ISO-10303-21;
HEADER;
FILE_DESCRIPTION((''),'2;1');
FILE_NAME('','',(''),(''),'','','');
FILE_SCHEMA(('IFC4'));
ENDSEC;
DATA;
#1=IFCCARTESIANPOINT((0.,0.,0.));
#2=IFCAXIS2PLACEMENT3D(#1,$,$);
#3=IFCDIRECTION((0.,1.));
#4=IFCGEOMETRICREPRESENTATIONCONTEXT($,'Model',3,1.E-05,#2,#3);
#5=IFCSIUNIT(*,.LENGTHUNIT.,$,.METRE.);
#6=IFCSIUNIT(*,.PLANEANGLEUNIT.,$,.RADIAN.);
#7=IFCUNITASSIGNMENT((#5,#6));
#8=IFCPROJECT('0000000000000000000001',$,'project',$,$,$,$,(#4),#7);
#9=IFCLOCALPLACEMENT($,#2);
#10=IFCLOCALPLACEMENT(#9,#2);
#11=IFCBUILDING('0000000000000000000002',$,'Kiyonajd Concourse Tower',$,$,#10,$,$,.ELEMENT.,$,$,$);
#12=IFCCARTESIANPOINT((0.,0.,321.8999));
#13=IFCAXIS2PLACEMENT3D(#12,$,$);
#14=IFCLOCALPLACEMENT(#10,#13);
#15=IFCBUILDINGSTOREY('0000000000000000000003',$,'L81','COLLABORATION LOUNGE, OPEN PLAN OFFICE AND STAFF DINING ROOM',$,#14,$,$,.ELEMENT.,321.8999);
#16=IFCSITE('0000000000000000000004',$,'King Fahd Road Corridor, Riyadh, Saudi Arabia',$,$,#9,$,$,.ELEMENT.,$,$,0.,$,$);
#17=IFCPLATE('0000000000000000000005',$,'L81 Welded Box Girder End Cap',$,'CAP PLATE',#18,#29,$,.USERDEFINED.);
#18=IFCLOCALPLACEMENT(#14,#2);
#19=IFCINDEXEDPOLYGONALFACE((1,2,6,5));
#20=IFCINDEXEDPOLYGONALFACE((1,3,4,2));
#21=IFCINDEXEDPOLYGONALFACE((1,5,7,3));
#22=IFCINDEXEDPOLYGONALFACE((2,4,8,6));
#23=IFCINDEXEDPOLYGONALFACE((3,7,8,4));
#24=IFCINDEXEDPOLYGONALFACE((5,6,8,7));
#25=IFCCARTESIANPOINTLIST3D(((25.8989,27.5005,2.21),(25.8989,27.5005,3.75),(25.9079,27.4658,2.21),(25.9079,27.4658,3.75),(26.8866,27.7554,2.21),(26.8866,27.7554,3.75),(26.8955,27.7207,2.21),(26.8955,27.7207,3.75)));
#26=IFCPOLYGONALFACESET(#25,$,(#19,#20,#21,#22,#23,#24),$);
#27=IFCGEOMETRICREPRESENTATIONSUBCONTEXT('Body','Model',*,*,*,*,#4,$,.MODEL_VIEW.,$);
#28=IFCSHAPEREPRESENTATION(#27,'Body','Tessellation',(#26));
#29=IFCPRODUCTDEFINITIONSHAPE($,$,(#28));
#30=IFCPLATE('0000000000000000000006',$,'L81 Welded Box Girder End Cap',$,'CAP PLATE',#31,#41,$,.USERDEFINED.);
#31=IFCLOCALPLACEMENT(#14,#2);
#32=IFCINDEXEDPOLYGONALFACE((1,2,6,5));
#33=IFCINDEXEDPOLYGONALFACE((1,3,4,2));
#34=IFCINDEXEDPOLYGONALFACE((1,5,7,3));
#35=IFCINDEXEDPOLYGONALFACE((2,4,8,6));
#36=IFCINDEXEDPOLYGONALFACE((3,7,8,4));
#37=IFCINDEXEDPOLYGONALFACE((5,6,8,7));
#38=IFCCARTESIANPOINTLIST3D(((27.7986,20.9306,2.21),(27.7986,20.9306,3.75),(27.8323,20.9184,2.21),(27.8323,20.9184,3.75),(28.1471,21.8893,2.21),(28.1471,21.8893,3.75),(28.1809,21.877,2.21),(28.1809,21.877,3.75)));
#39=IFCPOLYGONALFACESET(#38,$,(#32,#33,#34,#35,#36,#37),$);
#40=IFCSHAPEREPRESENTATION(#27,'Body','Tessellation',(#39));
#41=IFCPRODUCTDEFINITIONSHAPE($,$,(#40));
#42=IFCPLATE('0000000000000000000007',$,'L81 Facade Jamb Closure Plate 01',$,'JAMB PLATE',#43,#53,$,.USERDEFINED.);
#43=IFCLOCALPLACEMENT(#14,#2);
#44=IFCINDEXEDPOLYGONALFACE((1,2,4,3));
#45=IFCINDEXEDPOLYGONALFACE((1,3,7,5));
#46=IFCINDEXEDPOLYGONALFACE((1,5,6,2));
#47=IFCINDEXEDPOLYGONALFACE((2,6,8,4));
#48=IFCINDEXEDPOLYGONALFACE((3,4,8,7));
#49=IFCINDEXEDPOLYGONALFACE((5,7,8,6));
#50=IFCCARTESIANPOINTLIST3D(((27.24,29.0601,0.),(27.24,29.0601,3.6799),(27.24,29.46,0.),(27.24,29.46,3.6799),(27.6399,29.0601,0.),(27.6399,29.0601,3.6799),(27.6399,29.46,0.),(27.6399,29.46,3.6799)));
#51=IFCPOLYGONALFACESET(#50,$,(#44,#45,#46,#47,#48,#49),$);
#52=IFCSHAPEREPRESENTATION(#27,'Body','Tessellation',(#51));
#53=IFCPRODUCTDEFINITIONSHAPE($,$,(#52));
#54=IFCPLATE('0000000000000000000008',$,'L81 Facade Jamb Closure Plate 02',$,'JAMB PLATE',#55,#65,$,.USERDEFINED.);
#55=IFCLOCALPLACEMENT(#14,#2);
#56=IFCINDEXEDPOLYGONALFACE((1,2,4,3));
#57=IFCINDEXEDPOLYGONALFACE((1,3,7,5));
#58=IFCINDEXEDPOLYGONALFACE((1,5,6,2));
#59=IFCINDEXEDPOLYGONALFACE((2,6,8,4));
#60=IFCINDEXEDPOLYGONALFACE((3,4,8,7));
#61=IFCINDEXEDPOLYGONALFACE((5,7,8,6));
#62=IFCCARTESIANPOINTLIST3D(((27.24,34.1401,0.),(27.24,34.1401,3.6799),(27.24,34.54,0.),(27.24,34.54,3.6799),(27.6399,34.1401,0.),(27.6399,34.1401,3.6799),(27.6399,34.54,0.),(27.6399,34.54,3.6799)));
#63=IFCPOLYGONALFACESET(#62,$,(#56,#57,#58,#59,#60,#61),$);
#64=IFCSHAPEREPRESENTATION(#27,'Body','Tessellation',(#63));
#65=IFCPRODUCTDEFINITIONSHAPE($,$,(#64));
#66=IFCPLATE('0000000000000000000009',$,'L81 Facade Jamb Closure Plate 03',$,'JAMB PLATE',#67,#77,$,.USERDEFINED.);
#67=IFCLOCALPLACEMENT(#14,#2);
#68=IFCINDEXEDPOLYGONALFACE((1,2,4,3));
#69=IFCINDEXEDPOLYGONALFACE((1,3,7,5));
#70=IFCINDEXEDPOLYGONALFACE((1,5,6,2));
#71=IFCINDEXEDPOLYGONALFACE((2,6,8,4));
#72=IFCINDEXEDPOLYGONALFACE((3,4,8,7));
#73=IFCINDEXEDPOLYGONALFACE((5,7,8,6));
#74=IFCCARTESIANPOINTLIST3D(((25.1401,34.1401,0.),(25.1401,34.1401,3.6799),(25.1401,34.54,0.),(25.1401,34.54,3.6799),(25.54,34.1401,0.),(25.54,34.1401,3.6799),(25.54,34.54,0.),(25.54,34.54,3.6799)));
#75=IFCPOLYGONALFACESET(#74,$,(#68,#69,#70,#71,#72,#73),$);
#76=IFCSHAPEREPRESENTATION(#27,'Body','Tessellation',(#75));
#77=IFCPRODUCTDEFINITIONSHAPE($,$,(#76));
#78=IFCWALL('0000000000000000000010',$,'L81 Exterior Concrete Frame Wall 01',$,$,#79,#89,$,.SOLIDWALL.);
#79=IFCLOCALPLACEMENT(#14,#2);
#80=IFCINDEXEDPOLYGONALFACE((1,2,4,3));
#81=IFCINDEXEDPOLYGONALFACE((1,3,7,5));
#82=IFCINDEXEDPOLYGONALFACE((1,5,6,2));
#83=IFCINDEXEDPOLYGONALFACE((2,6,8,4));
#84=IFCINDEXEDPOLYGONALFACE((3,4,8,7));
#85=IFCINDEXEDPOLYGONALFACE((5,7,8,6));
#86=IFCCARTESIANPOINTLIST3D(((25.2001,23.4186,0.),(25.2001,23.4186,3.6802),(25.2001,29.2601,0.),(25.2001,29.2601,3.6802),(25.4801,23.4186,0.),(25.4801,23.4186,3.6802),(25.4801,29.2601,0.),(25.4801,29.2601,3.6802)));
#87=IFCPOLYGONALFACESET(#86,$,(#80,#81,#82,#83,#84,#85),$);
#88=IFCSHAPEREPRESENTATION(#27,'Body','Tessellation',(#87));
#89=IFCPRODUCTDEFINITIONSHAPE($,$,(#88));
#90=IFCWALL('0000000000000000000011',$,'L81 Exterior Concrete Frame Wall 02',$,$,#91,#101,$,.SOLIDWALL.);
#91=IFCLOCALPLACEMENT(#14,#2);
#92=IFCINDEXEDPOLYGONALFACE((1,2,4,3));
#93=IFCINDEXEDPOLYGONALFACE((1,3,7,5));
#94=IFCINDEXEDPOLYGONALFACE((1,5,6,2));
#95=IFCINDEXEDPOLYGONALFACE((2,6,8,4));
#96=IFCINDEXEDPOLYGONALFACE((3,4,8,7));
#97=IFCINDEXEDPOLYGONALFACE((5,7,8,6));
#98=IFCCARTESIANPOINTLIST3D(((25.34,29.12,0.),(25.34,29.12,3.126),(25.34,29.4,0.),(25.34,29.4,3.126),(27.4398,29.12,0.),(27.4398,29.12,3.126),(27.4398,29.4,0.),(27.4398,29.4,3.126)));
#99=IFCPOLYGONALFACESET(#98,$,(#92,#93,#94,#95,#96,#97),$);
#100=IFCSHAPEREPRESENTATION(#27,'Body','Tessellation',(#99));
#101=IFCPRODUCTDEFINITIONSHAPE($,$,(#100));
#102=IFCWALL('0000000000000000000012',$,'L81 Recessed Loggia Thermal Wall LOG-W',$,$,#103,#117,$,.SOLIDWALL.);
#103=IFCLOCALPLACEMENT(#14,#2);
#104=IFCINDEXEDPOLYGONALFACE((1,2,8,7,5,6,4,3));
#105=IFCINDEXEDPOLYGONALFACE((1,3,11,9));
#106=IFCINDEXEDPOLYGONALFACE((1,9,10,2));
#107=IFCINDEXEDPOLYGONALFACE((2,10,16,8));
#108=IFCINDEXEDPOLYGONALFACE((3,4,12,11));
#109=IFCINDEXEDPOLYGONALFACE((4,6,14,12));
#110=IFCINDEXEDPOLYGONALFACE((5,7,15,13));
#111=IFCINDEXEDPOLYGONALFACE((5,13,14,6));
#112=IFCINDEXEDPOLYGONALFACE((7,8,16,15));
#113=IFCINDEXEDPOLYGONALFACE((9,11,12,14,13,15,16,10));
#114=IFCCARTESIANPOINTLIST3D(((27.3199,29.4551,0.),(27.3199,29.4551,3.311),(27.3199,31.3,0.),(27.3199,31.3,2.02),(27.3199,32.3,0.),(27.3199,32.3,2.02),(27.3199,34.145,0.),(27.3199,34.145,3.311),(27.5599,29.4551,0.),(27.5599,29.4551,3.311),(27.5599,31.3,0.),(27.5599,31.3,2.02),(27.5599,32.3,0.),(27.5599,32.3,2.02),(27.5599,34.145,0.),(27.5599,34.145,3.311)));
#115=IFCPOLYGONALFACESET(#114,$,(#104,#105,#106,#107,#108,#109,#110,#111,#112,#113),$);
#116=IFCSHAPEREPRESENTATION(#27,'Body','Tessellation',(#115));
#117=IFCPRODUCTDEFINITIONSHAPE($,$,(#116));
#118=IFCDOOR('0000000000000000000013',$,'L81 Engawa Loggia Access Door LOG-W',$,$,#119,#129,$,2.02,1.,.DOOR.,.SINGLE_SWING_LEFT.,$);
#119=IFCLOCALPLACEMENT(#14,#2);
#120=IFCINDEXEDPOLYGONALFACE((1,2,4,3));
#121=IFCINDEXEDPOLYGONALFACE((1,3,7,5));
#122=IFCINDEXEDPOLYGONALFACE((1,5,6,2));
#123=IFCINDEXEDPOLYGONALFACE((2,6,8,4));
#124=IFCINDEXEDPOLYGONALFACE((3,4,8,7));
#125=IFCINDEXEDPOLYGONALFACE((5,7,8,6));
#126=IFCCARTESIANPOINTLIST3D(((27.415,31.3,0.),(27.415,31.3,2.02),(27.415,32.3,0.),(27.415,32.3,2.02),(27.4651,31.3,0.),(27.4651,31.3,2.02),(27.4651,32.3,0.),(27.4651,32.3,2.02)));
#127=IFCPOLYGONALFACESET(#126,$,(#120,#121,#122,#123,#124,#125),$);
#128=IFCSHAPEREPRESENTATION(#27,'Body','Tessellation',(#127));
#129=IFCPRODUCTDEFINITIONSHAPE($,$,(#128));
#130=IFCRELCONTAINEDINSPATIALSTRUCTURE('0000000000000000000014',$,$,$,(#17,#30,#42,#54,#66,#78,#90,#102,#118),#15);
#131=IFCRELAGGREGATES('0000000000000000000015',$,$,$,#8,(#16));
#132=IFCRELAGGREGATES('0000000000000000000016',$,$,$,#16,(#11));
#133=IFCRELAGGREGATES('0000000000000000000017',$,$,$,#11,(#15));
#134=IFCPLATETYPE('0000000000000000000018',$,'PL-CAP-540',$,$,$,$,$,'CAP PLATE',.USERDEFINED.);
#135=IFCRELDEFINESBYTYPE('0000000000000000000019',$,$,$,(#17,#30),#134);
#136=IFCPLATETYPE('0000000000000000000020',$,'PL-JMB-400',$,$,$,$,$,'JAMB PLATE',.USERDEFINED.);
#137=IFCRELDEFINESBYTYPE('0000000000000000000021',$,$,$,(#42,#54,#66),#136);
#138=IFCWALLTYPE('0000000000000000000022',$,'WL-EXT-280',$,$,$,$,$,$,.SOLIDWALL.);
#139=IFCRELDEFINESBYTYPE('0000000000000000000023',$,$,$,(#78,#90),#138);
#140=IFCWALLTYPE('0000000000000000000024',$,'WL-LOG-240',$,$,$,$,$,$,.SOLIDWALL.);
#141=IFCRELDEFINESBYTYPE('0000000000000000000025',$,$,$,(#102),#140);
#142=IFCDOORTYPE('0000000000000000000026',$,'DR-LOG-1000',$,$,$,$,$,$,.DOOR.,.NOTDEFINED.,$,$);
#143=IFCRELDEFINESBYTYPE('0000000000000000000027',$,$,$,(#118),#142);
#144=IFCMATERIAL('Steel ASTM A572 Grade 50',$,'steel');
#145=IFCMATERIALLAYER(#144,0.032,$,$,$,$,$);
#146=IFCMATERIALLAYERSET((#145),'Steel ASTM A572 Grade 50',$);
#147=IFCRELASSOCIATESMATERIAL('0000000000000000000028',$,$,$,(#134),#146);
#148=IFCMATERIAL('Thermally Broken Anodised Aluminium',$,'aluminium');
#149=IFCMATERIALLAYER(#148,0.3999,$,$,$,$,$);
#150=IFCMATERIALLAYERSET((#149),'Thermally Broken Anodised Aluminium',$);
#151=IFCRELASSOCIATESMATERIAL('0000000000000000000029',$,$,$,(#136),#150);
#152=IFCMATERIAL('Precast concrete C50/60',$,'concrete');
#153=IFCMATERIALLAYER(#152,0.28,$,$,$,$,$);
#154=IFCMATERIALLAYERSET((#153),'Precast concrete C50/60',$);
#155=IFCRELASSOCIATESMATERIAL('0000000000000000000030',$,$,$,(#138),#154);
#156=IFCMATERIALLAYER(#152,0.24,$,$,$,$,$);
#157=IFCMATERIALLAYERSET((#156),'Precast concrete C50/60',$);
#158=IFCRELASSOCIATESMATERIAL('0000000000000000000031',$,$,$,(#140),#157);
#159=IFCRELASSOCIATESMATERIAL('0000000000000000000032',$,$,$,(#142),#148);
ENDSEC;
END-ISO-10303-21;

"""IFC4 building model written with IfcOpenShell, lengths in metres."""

from ifc_helpers import new_model, si_unit, direction, frame, frame_2d, origin, origin_2d, place, context, subcontext, project, spatial, rectangle, extrude, material, layer, layer_set, type_object, element, fill, save


model = new_model("IFC4")

# Units and contexts
model_context = context("Model", 3, precision=1e-05, world=origin(), true_north=direction((0.0, 1.0)))
body_context = subcontext(model_context, "Body", "Model", "MODEL_VIEW")
ifc_project = project(units=[si_unit("LENGTHUNIT", "METRE"), si_unit("PLANEANGLEUNIT", "RADIAN")], contexts=[model_context])

# Site, building, storey
site_placement = place(None, origin())
site = spatial("IfcSite", under=ifc_project, at=site_placement, Name="King Fahd Road Corridor, Riyadh, Saudi Arabia", CompositionType="ELEMENT", RefElevation=0.0)
building_placement = place(site_placement, origin())
building = spatial("IfcBuilding", under=site, at=building_placement, Name="Kiyonajd Concourse Tower", CompositionType="ELEMENT")
storey_placement = place(building_placement, frame((0.0, 0.0, 321.8999)))
storey = spatial("IfcBuildingStorey", under=building, at=storey_placement, Name="L81", Description="COLLABORATION LOUNGE, OPEN PLAN OFFICE AND STAFF DINING ROOM", CompositionType="ELEMENT", Elevation=321.8999)

# Shared definitions
ifc_material_1 = material(Name="Steel ASTM A572 Grade 50", Category="steel")

# Plates
ifc_layer_1 = layer(ifc_material_1, 0.032)
ifc_layer_set_1 = layer_set([ifc_layer_1], Name="Steel ASTM A572 Grade 50")
plate_type_1 = type_object("IfcPlateType", Name="PL-CAP-540", ElementType="CAP PLATE", PredefinedType="USERDEFINED", material=ifc_layer_set_1)
for number, where, z_axis, x_axis, name in (
    (1, (26.3972, 27.6106, 2.21), (0.0, 0.0, 1.0), (-0.249873, 0.968279, 0.0), "L81 Welded Box Girder End Cap"),
    (2, (27.9897, 21.4038, 2.21), (0.0, 0.0, 1.0), (-0.939812, 0.341692, 0.0), "L81 Welded Box Girder End Cap"),
):
    element("IfcPlate", number, at=place(storey_placement, frame(where, z_axis=z_axis, x_axis=x_axis)), inside=storey, type_object=plate_type_1, Name=name, ObjectType="CAP PLATE", PredefinedType="USERDEFINED", context=body_context, shape_type="SweptSolid", body=[
        extrude(rectangle(XDim=0.0359, YDim=1.02, at=origin_2d()), origin(), (0.0, 0.0, 1.0), 1.54),
    ])
ifc_material_2 = material(Name="Thermally Broken Anodised Aluminium", Category="aluminium")
ifc_layer_2 = layer(ifc_material_2, 0.3999)
ifc_layer_set_2 = layer_set([ifc_layer_2], Name="Thermally Broken Anodised Aluminium")
plate_type_2 = type_object("IfcPlateType", Name="PL-JMB-400", ElementType="JAMB PLATE", PredefinedType="USERDEFINED", material=ifc_layer_set_2)
for number, where, z_axis, x_axis, name in (
    (3, (27.4399, 29.26, 0.0), (0.0, 0.0, 1.0), (1.0, 0.0, 0.0), "L81 Facade Jamb Closure Plate 01"),
    (4, (27.4399, 34.3401, 0.0), (0.0, 0.0, 1.0), (1.0, 0.0, 0.0), "L81 Facade Jamb Closure Plate 02"),
    (5, (25.3401, 34.3401, 0.0), (0.0, 0.0, 1.0), (1.0, 0.0, 0.0), "L81 Facade Jamb Closure Plate 03"),
):
    element("IfcPlate", number, at=place(storey_placement, frame(where, z_axis=z_axis, x_axis=x_axis)), inside=storey, type_object=plate_type_2, Name=name, ObjectType="JAMB PLATE", PredefinedType="USERDEFINED", context=body_context, shape_type="SweptSolid", body=[
        extrude(rectangle(XDim=0.3999, YDim=0.3999, at=origin_2d()), origin(), (0.0, 0.0, 1.0), 3.6799),
    ])

# Walls
ifc_material_3 = material(Name="Precast concrete C50/60", Category="concrete")
ifc_layer_3 = layer(ifc_material_3, 0.28)
ifc_layer_set_3 = layer_set([ifc_layer_3], Name="Precast concrete C50/60")
wall_type_1 = type_object("IfcWallType", Name="WL-EXT-280", PredefinedType="SOLIDWALL", material=ifc_layer_set_3)
wall_1_placement = place(storey_placement, frame((25.3401, 23.4185, 0.0), z_axis=(0.0, 0.0, 1.0), x_axis=(0.0, 1.0, 0.0)))
element("IfcWall", 6, at=wall_1_placement, inside=storey, type_object=wall_type_1, Name="L81 Exterior Concrete Frame Wall 01", PredefinedType="SOLIDWALL", context=body_context, shape_type="SweptSolid", body=[
    extrude(rectangle(XDim=5.8416, YDim=0.28, at=frame_2d((2.9209, 0.0))), origin(), (0.0, 0.0, 1.0), 3.6802),
])
wall_2_placement = place(storey_placement, frame((25.3401, 29.26, 0.0), z_axis=(0.0, 0.0, 1.0), x_axis=(1.0, 0.0, 0.0)))
element("IfcWall", 7, at=wall_2_placement, inside=storey, type_object=wall_type_1, Name="L81 Exterior Concrete Frame Wall 02", PredefinedType="SOLIDWALL", context=body_context, shape_type="SweptSolid", body=[
    extrude(rectangle(XDim=2.0999, YDim=0.28, at=frame_2d((1.0498, 0.0))), origin(), (0.0, 0.0, 1.0), 3.126),
])

# Wall, opening, door
ifc_layer_4 = layer(ifc_material_3, 0.24)
ifc_layer_set_4 = layer_set([ifc_layer_4], Name="Precast concrete C50/60")
wall_type_2 = type_object("IfcWallType", Name="WL-LOG-240", PredefinedType="SOLIDWALL", material=ifc_layer_set_4)
wall_3_placement = place(storey_placement, frame((27.4399, 29.4551, 0.0), z_axis=(0.0, 0.0, 1.0), x_axis=(0.0, 1.0, 0.0)))
wall_3 = element("IfcWall", 8, at=wall_3_placement, inside=storey, type_object=wall_type_2, Name="L81 Recessed Loggia Thermal Wall LOG-W", PredefinedType="SOLIDWALL", context=body_context, shape_type="SweptSolid", body=[
    extrude(rectangle(XDim=4.6899, YDim=0.24, at=frame_2d((2.345, 0.0))), origin(), (0.0, 0.0, 1.0), 3.311),
])
opening_1_placement = place(wall_3_placement, frame((1.845, 0.0, 0.0)))
opening_1 = element("IfcOpeningElement", 9, at=opening_1_placement, cuts=wall_3, PredefinedType="OPENING", context=body_context, shape_type="SweptSolid", body=[
    extrude(rectangle(XDim=1.0, YDim=2.02, at=frame_2d((0.5, 1.01))), frame((0.0, 0.1299, 0.0), z_axis=(0.0, -1.0, 0.0), x_axis=(1.0, 0.0, 0.0)), (0.0, 0.0, 1.0), 0.26),
])
door_type_1 = type_object("IfcDoorType", Name="DR-LOG-1000", OperationType="NOTDEFINED", PredefinedType="DOOR", material=ifc_material_2)
door_1_placement = place(opening_1_placement, origin())
door_1 = element("IfcDoor", 10, at=door_1_placement, inside=storey, type_object=door_type_1, Name="L81 Engawa Loggia Access Door LOG-W", OperationType="SINGLE_SWING_LEFT", OverallHeight=2.02, OverallWidth=1.0, PredefinedType="DOOR", context=body_context, shape_type="SweptSolid", body=[
    extrude(rectangle(XDim=1.0, YDim=2.02, at=frame_2d((0.5, 1.01))), frame((0.0, 0.0249, 0.0), z_axis=(0.0, -1.0, 0.0), x_axis=(1.0, 0.0, 0.0)), (0.0, 0.0, 1.0), 0.05),
])
fill(opening_1, door_1)

save(model, "model.ifc")
